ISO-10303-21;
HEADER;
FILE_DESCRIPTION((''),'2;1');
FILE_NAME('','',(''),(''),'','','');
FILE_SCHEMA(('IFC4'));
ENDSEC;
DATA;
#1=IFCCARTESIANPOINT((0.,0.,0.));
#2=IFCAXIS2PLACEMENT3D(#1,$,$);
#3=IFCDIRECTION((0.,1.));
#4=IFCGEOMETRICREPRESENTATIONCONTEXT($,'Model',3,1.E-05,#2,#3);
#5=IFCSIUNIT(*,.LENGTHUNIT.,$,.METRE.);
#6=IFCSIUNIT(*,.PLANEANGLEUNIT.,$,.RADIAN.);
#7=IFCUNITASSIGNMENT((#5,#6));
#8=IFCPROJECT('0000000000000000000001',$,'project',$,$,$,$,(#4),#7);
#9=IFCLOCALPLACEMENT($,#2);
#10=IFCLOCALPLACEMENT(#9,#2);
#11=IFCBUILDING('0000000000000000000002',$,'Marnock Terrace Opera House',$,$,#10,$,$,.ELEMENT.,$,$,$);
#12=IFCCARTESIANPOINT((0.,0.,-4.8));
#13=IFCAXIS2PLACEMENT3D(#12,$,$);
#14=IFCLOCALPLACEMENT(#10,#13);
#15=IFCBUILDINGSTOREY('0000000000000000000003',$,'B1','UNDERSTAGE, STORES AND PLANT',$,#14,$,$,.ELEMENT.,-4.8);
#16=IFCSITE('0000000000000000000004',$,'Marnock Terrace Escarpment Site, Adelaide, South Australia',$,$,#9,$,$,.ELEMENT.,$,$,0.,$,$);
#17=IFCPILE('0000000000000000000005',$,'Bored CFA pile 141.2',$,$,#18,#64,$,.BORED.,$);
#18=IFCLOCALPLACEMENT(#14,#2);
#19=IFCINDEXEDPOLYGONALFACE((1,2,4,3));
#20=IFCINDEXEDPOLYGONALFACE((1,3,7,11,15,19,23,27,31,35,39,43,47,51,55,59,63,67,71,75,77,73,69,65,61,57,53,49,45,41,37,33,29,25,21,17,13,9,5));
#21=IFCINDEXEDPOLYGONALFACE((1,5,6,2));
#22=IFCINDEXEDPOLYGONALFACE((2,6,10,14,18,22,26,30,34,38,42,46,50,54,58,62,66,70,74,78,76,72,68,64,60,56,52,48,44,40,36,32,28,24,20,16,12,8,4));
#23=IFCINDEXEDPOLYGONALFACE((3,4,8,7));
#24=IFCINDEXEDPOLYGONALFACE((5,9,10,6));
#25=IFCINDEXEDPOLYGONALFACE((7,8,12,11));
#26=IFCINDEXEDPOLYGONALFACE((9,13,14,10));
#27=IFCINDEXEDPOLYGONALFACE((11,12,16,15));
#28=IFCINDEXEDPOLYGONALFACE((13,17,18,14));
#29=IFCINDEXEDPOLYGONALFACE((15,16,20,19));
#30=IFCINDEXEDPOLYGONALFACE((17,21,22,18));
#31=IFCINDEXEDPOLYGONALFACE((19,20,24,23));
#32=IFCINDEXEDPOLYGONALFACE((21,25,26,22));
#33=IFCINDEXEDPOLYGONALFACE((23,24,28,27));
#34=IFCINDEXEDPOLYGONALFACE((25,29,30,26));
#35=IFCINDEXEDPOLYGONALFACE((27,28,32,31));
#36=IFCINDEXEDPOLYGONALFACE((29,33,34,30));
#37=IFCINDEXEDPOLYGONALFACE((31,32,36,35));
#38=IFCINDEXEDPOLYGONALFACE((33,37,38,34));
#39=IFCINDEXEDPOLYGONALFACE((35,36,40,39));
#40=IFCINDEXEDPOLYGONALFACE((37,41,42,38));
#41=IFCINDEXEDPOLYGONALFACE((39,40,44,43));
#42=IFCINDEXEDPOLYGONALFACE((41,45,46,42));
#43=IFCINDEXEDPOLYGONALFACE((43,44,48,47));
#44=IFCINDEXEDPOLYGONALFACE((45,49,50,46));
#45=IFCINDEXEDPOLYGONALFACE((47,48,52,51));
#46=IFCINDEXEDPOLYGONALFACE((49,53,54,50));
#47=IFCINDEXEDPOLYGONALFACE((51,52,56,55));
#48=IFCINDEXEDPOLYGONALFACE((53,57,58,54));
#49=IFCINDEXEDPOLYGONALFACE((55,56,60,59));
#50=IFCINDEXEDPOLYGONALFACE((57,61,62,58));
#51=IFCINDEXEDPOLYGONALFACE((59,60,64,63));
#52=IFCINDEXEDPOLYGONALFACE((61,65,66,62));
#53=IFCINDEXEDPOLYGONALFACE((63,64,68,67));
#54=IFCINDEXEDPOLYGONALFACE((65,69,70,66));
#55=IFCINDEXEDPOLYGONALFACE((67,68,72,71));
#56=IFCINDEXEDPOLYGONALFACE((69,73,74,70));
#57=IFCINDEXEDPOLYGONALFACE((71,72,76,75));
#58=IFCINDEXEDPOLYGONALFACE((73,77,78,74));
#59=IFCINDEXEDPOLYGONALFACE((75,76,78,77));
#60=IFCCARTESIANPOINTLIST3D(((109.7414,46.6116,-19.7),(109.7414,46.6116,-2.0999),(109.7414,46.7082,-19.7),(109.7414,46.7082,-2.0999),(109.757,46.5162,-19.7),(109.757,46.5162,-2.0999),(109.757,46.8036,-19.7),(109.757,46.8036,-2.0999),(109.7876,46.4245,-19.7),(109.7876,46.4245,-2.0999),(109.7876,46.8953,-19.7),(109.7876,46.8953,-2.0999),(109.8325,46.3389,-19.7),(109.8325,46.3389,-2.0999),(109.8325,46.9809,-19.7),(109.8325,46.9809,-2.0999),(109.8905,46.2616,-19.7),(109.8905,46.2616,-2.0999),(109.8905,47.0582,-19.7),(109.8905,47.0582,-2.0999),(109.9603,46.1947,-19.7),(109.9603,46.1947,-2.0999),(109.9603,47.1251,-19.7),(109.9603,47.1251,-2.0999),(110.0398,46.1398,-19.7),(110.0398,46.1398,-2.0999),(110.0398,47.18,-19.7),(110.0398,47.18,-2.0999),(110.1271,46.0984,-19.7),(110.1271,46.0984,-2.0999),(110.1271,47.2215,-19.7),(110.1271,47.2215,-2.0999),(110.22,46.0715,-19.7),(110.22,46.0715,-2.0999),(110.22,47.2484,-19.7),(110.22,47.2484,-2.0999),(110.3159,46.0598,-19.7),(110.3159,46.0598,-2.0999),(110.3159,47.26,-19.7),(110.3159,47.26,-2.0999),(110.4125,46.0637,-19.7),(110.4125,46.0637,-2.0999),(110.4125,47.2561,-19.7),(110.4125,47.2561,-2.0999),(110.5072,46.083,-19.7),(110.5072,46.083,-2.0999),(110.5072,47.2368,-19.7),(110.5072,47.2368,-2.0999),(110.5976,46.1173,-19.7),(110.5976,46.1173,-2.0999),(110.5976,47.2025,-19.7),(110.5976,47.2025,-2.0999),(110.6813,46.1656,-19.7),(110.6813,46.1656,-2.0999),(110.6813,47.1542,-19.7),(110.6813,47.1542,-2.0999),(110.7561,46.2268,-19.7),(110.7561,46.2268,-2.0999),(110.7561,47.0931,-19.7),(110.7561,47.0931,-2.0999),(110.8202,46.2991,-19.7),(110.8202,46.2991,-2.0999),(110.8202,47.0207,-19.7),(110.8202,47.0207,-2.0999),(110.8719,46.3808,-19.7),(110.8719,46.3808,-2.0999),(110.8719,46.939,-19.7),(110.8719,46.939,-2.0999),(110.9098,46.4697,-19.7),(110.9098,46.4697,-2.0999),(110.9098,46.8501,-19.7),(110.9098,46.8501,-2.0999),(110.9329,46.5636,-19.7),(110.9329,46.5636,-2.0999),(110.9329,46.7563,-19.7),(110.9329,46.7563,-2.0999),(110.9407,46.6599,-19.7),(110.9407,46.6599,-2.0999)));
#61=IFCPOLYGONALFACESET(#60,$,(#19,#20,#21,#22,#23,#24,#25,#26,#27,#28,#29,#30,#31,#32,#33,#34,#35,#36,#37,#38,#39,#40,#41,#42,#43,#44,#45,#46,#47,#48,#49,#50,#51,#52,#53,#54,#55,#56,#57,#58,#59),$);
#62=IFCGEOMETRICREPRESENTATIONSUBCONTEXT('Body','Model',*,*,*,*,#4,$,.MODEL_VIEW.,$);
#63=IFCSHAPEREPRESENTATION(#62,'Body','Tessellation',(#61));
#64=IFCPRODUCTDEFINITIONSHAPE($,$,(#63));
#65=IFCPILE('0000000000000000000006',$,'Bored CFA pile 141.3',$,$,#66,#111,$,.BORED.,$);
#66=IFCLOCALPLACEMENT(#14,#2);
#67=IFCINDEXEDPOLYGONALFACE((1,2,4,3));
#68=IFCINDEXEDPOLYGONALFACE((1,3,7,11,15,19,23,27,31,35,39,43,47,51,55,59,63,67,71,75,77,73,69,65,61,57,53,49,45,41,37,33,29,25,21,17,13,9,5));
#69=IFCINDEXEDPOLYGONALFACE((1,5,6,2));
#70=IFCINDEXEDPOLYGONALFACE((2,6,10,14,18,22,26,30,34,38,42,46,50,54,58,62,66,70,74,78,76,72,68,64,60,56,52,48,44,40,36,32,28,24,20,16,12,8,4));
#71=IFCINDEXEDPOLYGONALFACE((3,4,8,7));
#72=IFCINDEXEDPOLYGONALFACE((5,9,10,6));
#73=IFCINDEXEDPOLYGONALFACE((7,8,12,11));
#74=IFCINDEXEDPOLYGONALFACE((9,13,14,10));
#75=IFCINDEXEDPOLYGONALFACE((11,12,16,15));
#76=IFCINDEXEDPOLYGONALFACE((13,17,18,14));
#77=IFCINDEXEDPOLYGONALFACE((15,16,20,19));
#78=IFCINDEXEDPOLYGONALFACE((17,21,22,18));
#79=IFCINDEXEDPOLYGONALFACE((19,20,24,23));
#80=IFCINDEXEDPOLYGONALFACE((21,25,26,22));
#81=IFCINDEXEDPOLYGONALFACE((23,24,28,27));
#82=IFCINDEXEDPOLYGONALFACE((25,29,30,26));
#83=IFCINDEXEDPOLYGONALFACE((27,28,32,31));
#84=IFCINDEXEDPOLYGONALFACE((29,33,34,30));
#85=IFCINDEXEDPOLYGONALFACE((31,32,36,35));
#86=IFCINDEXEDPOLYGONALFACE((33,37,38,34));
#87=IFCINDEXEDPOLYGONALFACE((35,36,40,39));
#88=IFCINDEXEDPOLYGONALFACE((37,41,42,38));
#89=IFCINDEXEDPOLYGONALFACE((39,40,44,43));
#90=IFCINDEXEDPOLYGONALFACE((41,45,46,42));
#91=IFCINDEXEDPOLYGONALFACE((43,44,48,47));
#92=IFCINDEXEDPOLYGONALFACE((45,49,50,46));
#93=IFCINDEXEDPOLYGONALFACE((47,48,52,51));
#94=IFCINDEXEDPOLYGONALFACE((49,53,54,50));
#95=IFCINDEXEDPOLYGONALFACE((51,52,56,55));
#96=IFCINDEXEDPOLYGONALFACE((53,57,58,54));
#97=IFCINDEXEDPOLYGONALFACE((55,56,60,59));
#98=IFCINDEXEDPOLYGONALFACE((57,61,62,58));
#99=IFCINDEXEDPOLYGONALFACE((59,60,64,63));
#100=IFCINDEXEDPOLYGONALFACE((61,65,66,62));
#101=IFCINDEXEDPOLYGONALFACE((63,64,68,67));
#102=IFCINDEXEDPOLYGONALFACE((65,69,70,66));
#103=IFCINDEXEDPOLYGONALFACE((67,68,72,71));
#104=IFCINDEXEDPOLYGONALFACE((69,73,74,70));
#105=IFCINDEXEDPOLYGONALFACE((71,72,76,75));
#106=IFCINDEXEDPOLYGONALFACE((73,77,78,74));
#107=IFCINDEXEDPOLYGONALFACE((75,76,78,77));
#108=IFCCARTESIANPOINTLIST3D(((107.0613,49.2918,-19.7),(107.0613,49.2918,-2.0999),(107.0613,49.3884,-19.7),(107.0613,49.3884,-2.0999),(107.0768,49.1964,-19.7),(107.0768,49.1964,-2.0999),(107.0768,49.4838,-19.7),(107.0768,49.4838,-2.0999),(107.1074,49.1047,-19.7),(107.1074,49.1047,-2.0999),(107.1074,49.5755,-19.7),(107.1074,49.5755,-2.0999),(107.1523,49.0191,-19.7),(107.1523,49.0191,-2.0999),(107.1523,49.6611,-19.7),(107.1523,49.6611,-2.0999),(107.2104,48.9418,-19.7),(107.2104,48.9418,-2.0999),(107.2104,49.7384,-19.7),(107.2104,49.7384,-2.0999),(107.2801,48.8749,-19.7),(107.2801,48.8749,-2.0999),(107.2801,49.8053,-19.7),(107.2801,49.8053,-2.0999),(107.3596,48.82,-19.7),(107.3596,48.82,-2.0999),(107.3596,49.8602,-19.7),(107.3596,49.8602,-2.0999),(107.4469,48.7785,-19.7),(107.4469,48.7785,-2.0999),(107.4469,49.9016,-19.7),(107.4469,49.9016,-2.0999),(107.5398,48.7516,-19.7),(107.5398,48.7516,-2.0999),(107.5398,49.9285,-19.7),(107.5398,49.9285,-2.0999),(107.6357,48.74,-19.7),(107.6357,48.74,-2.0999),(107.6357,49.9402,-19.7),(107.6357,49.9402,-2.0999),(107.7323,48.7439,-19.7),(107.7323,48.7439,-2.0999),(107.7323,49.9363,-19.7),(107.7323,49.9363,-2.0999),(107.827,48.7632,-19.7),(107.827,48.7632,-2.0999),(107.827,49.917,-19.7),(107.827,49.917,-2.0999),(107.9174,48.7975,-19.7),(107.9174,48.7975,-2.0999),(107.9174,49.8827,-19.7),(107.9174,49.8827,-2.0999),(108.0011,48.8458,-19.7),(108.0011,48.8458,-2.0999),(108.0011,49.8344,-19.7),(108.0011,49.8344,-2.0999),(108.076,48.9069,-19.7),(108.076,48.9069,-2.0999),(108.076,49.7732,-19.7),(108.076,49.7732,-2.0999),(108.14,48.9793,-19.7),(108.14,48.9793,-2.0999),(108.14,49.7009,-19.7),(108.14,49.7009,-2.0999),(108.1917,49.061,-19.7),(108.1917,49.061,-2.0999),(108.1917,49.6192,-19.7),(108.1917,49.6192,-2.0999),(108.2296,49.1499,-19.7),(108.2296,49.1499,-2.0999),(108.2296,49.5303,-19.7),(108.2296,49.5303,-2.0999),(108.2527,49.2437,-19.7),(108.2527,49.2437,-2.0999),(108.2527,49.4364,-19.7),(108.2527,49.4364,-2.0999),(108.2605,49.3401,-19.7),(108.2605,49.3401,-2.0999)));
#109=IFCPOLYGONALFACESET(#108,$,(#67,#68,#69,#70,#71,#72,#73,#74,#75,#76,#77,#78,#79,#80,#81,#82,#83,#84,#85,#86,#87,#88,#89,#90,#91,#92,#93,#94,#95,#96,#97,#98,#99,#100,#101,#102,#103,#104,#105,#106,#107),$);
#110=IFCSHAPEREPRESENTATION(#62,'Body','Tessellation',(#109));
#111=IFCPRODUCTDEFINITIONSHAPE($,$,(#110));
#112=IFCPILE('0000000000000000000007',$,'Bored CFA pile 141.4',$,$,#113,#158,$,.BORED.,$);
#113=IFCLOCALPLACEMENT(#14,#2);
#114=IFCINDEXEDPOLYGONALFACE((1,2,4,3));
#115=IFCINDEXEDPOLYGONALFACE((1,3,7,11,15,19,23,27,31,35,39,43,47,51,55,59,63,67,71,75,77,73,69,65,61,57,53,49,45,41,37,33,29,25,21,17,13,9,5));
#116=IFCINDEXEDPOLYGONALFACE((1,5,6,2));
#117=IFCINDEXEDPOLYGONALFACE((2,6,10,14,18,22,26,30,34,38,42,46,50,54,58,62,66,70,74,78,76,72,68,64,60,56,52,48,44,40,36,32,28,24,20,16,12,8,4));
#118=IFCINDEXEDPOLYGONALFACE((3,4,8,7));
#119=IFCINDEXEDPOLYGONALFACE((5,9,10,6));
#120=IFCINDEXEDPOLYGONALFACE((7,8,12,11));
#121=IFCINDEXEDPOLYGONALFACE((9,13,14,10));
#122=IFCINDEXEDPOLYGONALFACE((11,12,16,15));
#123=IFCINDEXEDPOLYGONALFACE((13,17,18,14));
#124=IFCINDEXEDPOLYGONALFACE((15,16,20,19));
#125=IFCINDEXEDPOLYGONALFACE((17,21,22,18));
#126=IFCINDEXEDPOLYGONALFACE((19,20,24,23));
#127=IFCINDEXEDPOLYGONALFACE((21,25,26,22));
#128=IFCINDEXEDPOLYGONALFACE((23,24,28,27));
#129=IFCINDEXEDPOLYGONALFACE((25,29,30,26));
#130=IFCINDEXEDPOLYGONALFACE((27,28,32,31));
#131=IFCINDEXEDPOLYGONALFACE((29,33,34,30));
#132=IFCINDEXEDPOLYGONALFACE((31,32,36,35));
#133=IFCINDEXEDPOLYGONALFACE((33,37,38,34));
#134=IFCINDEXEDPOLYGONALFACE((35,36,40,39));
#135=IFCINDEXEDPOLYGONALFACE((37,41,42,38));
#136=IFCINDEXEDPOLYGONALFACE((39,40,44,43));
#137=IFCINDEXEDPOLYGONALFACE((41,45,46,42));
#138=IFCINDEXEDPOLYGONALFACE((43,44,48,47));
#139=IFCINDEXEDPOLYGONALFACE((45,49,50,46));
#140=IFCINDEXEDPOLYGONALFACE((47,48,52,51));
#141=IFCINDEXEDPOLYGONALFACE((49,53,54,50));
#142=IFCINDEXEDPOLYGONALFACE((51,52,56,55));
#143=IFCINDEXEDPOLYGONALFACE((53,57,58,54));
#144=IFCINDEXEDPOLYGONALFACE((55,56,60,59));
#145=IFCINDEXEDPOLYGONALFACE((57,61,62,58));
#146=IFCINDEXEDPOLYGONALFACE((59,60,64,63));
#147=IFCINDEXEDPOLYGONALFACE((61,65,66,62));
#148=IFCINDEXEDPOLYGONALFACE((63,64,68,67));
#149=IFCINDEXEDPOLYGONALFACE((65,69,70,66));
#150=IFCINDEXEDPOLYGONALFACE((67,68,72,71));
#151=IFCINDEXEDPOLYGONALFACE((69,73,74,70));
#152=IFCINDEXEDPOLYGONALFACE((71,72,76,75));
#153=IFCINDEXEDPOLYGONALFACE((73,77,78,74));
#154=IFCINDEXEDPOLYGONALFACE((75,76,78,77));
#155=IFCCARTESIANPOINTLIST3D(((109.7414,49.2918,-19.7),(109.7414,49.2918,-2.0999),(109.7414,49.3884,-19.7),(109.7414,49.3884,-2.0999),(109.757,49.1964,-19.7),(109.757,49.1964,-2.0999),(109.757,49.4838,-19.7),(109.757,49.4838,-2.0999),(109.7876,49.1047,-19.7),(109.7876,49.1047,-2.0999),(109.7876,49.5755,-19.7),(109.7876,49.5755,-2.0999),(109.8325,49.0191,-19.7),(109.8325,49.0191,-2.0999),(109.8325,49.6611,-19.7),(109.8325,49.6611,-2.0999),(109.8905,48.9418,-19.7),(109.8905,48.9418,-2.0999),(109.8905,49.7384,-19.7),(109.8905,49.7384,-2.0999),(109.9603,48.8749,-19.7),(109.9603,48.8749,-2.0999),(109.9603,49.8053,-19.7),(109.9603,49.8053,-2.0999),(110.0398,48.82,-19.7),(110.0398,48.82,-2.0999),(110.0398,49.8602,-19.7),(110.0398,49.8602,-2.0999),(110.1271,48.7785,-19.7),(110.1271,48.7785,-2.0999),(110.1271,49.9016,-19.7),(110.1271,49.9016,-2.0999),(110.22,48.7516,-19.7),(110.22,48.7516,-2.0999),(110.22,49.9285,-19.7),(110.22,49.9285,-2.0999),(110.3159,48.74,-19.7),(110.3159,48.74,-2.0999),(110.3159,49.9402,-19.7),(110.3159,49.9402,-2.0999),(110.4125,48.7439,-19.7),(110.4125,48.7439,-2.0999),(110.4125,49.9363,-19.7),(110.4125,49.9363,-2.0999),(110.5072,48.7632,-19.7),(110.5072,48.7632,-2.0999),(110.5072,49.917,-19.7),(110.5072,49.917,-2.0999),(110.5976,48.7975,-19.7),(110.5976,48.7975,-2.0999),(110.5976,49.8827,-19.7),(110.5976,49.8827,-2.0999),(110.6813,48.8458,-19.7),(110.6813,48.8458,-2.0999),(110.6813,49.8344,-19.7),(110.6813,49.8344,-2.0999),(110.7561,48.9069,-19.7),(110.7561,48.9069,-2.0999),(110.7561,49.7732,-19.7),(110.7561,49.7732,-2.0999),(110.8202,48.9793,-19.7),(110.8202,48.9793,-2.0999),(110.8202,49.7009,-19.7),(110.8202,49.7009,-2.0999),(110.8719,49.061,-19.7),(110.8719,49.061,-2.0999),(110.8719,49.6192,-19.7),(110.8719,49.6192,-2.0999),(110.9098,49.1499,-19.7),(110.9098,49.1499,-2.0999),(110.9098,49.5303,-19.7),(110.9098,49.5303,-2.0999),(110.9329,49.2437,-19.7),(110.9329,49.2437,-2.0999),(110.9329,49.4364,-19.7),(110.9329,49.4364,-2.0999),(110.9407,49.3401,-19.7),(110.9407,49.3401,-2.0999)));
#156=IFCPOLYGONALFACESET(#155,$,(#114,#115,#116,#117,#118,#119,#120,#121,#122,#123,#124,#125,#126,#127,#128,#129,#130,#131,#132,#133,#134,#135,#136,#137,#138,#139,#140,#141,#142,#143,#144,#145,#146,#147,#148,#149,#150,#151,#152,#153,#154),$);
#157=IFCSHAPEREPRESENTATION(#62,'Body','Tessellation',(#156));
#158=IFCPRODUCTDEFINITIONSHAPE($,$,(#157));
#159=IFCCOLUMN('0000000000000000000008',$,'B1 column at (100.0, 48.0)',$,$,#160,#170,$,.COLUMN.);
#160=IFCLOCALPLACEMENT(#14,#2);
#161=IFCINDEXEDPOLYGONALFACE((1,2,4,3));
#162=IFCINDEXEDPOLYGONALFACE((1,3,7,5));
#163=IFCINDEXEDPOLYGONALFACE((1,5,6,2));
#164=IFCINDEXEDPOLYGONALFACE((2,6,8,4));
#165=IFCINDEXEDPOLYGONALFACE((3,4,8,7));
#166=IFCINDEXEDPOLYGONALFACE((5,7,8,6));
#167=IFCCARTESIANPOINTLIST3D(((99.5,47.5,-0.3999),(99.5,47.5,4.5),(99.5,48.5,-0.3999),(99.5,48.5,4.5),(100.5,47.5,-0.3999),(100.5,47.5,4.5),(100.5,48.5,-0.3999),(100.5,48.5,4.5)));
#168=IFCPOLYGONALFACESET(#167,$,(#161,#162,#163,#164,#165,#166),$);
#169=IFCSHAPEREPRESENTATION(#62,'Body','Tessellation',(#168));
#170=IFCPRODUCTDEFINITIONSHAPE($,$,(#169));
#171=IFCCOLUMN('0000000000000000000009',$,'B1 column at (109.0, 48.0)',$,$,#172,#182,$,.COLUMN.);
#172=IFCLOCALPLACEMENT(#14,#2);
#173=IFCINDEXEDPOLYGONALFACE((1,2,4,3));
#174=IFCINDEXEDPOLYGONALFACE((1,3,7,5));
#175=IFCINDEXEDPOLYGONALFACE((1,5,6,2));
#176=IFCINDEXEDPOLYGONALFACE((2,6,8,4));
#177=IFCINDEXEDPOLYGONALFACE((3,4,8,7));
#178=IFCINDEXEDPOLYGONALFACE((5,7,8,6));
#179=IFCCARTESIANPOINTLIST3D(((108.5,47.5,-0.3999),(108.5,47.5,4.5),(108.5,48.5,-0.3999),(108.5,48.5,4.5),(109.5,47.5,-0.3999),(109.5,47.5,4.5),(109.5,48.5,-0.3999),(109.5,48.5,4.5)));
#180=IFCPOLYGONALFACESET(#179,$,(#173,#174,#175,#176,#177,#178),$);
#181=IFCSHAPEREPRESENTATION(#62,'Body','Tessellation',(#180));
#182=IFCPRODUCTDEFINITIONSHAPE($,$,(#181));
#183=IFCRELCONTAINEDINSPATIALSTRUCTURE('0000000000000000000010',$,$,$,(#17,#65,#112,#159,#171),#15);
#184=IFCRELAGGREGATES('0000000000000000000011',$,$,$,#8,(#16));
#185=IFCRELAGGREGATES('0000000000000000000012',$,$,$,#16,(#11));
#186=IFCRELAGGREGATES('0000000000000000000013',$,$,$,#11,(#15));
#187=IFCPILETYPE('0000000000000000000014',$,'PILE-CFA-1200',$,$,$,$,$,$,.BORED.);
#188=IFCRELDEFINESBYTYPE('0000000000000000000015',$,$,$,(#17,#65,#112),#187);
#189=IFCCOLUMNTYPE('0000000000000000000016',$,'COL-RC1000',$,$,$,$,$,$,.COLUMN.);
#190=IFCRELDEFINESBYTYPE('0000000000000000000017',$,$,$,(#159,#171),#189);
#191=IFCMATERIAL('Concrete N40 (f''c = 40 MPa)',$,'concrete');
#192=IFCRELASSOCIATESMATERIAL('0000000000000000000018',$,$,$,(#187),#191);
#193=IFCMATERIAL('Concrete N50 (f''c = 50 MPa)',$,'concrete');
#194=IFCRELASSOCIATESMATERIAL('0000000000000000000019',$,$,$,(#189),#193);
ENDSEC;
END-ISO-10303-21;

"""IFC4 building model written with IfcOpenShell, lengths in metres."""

from ifc_helpers import new_model, si_unit, direction, frame, origin, origin_2d, place, context, subcontext, project, spatial, rectangle, circle, extrude, material, material_profile, profile_set, type_object, element, save


model = new_model("IFC4")

# Units and contexts
model_context = context("Model", 3, precision=1e-05, world=origin(), true_north=direction((0.0, 1.0)))
body_context = subcontext(model_context, "Body", "Model", "MODEL_VIEW")
ifc_project = project(units=[si_unit("LENGTHUNIT", "METRE"), si_unit("PLANEANGLEUNIT", "RADIAN")], contexts=[model_context])

# Site, building, storey
site_placement = place(None, origin())
site = spatial("IfcSite", under=ifc_project, at=site_placement, Name="Marnock Terrace Escarpment Site, Adelaide, South Australia", CompositionType="ELEMENT", RefElevation=0.0)
building_placement = place(site_placement, origin())
building = spatial("IfcBuilding", under=site, at=building_placement, Name="Marnock Terrace Opera House", CompositionType="ELEMENT")
storey_placement = place(building_placement, frame((0.0, 0.0, -4.8)))
storey = spatial("IfcBuildingStorey", under=building, at=storey_placement, Name="B1", Description="UNDERSTAGE, STORES AND PLANT", CompositionType="ELEMENT", Elevation=-4.8)

# Shared definitions
ifc_material_1 = material(Name="Concrete N40 (f'c = 40 MPa)", Category="concrete")

# Piles
ifc_material_profile_1 = material_profile(ifc_material_1, circle(Radius=0.6006, at=origin_2d()))
ifc_profile_set_1 = profile_set([ifc_material_profile_1], Name="Concrete N40 (f'c = 40 MPa)")
pile_type = type_object("IfcPileType", Name="PILE-CFA-1200", PredefinedType="BORED", material=ifc_profile_set_1)
for number, where, z_axis, x_axis, name in (
    (1, (110.3401, 46.6599, -2.0999), (0.0, 0.0, -1.0), (1.0, 0.0, 0.0), "Bored CFA pile 141.2"),
    (2, (107.6599, 49.3401, -2.0999), (0.0, 0.0, -1.0), (1.0, 0.0, 0.0), "Bored CFA pile 141.3"),
    (3, (110.3401, 49.3401, -2.0999), (0.0, 0.0, -1.0), (1.0, 0.0, 0.0), "Bored CFA pile 141.4"),
):
    element("IfcPile", number, at=place(storey_placement, frame(where, z_axis=z_axis, x_axis=x_axis)), inside=storey, type_object=pile_type, Name=name, PredefinedType="BORED", context=body_context, shape_type="SweptSolid", body=[
        extrude(circle(Radius=0.6006, at=origin_2d()), origin(), (0.0, 0.0, 1.0), 17.6001),
    ])

# Columns
ifc_material_2 = material(Name="Concrete N50 (f'c = 50 MPa)", Category="concrete")
ifc_material_profile_2 = material_profile(ifc_material_2, rectangle(XDim=1.0, YDim=1.0, at=origin_2d()))
ifc_profile_set_2 = profile_set([ifc_material_profile_2], Name="Concrete N50 (f'c = 50 MPa)")
column_type = type_object("IfcColumnType", Name="COL-RC1000", PredefinedType="COLUMN", material=ifc_profile_set_2)
for number, where, z_axis, x_axis, name in (
    (4, (100.0, 48.0, -0.3999), (0.0, 0.0, 1.0), (1.0, 0.0, 0.0), "B1 column at (100.0, 48.0)"),
    (5, (109.0, 48.0, -0.3999), (0.0, 0.0, 1.0), (1.0, 0.0, 0.0), "B1 column at (109.0, 48.0)"),
):
    element("IfcColumn", number, at=place(storey_placement, frame(where, z_axis=z_axis, x_axis=x_axis)), inside=storey, type_object=column_type, Name=name, PredefinedType="COLUMN", context=body_context, shape_type="SweptSolid", body=[
        extrude(rectangle(XDim=1.0, YDim=1.0, at=origin_2d()), origin(), (0.0, 0.0, 1.0), 4.8999),
    ])

save(model, "model.ifc")
